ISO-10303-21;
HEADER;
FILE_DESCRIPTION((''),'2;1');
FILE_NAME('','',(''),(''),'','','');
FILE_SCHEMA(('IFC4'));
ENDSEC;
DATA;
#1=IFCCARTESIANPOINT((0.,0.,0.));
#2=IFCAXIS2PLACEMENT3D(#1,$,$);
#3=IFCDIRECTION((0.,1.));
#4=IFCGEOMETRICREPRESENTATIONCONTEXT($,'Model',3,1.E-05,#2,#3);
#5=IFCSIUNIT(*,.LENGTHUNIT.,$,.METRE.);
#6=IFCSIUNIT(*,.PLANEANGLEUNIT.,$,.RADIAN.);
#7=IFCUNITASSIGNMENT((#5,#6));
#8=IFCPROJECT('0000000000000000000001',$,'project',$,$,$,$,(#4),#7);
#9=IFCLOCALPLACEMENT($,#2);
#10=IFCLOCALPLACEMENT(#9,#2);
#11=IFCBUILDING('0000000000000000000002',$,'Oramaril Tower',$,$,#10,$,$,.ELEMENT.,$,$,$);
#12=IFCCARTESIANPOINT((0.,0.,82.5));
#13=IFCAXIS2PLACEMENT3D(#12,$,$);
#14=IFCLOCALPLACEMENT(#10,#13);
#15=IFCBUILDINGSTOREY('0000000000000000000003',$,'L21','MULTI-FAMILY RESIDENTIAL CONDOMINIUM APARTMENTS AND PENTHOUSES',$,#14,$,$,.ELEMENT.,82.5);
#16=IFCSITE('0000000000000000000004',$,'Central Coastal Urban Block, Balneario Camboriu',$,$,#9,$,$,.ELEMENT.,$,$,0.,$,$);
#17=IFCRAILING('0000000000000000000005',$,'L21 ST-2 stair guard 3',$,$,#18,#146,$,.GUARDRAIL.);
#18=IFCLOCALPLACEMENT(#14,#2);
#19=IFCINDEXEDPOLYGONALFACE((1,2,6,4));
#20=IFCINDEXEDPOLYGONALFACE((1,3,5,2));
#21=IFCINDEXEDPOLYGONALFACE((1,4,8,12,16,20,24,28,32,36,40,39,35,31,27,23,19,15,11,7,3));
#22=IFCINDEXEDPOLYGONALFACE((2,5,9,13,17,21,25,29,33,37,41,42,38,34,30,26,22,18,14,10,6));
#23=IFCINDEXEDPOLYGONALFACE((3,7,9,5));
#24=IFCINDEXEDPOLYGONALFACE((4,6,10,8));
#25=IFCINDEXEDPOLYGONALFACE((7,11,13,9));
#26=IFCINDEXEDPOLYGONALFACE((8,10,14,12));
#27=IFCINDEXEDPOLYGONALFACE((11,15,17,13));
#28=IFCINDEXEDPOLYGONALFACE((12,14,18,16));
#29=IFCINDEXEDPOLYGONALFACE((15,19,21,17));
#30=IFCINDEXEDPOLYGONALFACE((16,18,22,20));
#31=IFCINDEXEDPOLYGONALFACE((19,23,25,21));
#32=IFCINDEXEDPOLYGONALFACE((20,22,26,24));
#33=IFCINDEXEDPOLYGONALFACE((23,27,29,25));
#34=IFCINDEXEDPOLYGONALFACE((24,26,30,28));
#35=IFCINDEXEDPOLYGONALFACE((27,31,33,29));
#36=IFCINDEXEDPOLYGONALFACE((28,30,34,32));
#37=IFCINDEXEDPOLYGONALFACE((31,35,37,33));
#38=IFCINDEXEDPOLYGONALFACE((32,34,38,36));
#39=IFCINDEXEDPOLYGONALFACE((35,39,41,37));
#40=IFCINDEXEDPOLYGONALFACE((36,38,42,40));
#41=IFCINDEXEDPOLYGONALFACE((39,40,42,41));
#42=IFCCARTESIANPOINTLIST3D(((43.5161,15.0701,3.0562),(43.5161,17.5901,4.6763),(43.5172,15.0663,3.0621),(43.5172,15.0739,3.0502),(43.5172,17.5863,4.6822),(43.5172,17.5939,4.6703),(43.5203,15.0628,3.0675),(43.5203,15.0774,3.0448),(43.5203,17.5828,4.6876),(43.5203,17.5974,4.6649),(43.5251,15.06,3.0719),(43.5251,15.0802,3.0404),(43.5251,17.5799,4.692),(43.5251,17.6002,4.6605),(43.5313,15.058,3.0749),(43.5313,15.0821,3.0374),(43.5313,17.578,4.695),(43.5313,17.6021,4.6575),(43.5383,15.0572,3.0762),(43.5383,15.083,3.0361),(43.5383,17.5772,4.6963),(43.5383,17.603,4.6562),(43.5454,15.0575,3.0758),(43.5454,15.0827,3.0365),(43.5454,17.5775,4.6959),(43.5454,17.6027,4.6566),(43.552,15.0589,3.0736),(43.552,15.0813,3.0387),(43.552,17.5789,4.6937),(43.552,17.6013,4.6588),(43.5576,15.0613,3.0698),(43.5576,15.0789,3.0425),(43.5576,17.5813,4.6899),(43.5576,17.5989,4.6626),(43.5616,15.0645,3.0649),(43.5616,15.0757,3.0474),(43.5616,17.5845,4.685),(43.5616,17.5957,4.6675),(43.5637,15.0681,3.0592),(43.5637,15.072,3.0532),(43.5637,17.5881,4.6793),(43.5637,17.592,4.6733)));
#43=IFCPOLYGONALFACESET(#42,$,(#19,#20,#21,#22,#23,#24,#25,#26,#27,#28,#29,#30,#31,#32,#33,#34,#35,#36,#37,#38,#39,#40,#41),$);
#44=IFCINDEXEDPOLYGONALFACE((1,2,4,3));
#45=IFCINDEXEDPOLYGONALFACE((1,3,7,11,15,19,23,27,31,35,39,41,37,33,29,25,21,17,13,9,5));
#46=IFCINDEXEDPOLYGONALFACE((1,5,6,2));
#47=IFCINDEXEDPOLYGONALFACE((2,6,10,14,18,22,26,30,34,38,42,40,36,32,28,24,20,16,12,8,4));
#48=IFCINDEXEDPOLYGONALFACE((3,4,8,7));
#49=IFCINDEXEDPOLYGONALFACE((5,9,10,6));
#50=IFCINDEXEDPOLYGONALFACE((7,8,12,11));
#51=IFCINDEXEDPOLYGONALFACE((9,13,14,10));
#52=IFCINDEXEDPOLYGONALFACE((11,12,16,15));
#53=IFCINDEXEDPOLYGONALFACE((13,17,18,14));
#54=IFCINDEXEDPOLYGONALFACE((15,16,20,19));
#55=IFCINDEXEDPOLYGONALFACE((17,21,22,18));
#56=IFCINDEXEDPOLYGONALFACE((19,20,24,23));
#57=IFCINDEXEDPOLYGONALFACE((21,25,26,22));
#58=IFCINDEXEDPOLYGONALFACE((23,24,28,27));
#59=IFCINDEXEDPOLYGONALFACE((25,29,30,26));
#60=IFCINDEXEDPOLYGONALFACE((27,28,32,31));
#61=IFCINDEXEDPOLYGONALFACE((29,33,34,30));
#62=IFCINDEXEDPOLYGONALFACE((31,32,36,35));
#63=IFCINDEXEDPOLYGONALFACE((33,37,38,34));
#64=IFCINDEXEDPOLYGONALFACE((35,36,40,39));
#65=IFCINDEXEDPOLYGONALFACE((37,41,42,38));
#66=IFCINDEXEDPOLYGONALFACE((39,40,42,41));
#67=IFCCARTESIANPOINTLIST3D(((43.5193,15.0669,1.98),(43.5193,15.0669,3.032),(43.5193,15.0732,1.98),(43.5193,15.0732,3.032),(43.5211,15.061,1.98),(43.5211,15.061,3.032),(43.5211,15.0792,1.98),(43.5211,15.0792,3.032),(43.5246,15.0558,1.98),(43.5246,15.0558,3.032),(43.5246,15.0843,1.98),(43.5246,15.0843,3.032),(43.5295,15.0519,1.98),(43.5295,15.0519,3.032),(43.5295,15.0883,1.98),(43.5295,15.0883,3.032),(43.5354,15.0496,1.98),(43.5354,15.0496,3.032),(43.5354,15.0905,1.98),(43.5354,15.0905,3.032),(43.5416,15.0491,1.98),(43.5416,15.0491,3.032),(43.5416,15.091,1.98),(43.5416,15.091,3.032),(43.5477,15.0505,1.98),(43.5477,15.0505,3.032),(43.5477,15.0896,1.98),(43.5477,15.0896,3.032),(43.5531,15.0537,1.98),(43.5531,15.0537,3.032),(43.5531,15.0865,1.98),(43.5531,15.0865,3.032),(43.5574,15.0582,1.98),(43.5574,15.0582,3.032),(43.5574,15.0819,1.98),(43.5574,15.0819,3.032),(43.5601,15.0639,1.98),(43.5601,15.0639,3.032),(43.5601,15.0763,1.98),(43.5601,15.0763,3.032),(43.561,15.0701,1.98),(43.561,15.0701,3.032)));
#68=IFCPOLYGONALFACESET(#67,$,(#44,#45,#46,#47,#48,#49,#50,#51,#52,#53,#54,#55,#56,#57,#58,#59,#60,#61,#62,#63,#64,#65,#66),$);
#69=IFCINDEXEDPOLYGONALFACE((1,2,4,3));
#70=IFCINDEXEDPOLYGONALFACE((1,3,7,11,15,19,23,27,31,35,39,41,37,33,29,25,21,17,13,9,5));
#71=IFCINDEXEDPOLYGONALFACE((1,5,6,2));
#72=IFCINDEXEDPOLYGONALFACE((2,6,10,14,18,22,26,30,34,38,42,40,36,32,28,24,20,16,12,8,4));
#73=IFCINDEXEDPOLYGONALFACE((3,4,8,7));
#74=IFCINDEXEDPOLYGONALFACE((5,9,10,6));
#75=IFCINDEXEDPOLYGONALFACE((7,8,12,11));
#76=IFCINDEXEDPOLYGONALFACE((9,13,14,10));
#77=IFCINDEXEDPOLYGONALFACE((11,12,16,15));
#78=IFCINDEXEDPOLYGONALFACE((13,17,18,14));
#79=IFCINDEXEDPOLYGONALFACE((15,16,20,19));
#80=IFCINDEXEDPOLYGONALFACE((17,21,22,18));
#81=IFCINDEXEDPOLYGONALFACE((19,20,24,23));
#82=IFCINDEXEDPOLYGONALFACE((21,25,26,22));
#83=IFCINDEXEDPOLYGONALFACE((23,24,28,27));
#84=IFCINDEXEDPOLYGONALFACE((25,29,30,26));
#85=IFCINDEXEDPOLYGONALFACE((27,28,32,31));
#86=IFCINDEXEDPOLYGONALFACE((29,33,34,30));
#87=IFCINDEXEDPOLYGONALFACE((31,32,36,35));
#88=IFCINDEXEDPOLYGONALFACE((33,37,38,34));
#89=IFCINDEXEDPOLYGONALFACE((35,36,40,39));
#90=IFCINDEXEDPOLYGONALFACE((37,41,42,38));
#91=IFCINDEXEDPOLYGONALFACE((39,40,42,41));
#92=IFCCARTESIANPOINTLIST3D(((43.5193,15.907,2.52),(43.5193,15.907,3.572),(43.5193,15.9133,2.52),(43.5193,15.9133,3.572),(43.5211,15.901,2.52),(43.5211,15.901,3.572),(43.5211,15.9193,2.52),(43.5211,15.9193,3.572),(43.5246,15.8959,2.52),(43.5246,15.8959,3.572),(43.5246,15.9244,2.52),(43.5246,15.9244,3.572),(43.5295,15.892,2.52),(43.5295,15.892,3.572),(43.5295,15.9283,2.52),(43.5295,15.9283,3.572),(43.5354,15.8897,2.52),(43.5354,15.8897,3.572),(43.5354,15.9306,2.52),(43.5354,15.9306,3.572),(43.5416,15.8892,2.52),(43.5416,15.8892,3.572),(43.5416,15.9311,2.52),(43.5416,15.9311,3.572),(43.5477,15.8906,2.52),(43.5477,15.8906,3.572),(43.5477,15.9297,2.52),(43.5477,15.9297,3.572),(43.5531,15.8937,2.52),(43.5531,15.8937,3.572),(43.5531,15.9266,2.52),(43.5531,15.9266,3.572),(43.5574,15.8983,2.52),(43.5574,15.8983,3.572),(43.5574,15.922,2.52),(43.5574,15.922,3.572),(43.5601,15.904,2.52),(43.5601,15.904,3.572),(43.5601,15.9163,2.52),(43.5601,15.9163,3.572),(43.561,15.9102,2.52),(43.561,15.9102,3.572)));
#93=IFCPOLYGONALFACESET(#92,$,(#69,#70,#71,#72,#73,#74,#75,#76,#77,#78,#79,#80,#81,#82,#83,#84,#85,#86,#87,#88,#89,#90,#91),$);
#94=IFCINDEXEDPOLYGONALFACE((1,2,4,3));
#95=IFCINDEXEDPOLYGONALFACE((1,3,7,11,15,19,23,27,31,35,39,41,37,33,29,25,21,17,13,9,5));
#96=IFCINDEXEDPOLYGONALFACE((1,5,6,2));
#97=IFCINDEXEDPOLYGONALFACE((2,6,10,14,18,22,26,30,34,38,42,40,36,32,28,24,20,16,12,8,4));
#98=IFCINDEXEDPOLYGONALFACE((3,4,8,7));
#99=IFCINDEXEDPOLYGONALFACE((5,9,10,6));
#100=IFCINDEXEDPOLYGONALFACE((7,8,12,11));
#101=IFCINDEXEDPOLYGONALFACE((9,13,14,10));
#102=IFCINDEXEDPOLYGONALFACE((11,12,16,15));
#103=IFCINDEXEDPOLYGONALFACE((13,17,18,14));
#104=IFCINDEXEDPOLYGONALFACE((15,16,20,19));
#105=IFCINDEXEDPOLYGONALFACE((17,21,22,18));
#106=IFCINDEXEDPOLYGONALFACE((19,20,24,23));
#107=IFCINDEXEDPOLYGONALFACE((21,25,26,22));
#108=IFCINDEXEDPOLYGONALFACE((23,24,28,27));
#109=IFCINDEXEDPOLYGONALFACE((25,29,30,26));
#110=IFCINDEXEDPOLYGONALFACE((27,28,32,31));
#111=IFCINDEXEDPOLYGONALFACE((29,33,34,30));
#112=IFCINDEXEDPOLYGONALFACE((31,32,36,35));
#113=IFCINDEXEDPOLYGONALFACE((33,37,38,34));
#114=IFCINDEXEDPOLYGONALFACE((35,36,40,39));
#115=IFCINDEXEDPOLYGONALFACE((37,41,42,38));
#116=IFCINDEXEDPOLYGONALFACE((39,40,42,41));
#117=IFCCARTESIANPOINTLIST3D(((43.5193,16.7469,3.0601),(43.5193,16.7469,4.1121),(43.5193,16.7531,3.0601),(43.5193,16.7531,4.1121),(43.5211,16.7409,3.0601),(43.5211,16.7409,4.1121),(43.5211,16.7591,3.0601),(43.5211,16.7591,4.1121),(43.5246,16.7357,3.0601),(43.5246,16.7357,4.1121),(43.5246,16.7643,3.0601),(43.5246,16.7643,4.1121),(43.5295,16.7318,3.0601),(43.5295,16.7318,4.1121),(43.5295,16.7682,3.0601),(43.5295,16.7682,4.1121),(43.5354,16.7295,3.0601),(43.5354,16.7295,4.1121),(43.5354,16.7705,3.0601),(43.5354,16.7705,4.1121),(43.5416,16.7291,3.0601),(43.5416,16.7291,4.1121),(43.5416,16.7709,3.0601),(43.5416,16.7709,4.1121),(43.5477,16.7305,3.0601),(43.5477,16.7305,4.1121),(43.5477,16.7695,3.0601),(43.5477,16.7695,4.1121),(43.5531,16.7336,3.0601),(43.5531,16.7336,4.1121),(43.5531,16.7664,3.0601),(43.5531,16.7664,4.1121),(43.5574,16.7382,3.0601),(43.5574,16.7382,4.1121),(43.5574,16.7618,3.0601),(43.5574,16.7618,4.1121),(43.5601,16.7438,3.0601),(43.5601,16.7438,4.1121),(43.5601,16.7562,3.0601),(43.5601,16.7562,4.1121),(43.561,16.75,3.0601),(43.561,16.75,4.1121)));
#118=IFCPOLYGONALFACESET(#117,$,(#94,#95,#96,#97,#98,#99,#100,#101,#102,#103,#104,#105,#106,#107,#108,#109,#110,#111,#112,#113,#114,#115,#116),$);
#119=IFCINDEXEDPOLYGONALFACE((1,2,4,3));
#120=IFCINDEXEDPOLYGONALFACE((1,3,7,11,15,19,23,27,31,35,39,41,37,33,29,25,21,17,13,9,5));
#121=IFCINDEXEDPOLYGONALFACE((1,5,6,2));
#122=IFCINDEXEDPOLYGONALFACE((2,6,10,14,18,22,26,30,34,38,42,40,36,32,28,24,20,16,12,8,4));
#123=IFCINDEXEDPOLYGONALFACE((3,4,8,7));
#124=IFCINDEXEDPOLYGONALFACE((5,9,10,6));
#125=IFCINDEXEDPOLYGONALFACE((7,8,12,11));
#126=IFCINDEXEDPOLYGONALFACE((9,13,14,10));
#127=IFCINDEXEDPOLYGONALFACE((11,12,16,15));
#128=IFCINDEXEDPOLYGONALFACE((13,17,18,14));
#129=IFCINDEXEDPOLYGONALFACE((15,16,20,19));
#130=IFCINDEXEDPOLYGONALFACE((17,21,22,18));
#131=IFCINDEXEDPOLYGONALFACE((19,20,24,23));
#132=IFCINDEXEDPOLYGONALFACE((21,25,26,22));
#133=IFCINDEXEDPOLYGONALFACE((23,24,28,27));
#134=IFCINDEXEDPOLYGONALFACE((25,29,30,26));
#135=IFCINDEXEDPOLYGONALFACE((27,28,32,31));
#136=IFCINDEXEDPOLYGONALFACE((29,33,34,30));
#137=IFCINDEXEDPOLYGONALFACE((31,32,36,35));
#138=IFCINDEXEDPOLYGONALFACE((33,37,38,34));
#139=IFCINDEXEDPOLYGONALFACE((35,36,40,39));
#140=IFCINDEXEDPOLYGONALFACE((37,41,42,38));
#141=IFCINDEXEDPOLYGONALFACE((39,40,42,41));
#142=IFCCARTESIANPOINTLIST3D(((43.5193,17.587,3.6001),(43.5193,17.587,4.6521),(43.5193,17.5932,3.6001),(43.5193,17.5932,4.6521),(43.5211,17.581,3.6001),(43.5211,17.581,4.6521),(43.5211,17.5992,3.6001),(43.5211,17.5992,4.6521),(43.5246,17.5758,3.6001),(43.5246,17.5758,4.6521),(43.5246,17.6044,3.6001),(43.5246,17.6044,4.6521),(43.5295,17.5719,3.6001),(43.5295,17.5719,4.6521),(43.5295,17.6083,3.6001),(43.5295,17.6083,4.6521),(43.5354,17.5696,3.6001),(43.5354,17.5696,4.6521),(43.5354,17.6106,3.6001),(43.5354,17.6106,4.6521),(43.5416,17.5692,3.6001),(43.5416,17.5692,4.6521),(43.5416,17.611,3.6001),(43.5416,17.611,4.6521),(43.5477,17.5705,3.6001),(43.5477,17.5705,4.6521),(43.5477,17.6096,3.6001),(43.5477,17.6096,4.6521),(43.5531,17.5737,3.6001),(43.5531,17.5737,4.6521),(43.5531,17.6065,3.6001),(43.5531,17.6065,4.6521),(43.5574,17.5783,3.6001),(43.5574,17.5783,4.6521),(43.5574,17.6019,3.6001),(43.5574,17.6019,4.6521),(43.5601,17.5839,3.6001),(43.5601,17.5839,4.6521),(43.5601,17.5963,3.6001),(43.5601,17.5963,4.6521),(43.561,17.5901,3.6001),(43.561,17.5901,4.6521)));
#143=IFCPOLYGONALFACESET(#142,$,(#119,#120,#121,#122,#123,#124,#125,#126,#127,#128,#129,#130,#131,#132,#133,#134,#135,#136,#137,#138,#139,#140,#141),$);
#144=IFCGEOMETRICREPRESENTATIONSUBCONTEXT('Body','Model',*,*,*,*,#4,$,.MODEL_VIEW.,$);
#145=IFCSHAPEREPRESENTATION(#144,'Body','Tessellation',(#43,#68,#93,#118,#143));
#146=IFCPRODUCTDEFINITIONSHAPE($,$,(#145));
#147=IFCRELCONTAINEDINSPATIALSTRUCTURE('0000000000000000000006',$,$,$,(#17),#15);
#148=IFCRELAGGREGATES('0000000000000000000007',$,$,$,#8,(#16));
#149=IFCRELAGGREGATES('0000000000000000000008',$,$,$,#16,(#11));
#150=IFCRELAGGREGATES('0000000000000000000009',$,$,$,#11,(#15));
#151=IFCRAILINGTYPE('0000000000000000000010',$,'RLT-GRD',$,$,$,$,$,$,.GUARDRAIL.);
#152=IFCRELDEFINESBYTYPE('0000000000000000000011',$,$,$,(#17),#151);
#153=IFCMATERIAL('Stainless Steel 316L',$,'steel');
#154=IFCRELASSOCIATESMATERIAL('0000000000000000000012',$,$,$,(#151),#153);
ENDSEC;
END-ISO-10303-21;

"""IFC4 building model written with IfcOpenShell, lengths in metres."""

from ifc_helpers import new_model, si_unit, direction, frame, origin, origin_2d, place, context, subcontext, project, spatial, circle, extrude, material, type_object, element, save


model = new_model("IFC4")

# Units and contexts
model_context = context("Model", 3, precision=1e-05, world=origin(), true_north=direction((0.0, 1.0)))
body_context = subcontext(model_context, "Body", "Model", "MODEL_VIEW")
ifc_project = project(units=[si_unit("LENGTHUNIT", "METRE"), si_unit("PLANEANGLEUNIT", "RADIAN")], contexts=[model_context])

# Site, building, storey
site_placement = place(None, origin())
site = spatial("IfcSite", under=ifc_project, at=site_placement, Name="Central Coastal Urban Block, Balneario Camboriu", CompositionType="ELEMENT", RefElevation=0.0)
building_placement = place(site_placement, origin())
building = spatial("IfcBuilding", under=site, at=building_placement, Name="Oramaril Tower", CompositionType="ELEMENT")
storey_placement = place(building_placement, frame((0.0, 0.0, 82.5)))
storey = spatial("IfcBuildingStorey", under=building, at=storey_placement, Name="L21", Description="MULTI-FAMILY RESIDENTIAL CONDOMINIUM APARTMENTS AND PENTHOUSES", CompositionType="ELEMENT", Elevation=82.5)

# Railing
ifc_material_1 = material(Name="Stainless Steel 316L", Category="steel")
railing_type_1 = type_object("IfcRailingType", Name="RLT-GRD", PredefinedType="GUARDRAIL", material=ifc_material_1)
railing_1_placement = place(storey_placement, frame((43.54, 15.0701, 1.98)))
element("IfcRailing", 1, at=railing_1_placement, inside=storey, type_object=railing_type_1, Name="L21 ST-2 stair guard 3", PredefinedType="GUARDRAIL", context=body_context, shape_type="SweptSolid", body=[
    extrude(circle(Radius=0.0239, at=origin_2d()), frame((0.0, 0.0, 1.0762), z_axis=(0.0, 0.841163, 0.540782), x_axis=(-1.0, 0.0, 0.0)), (0.0, 0.0, 1.0), 2.9958),
    extrude(circle(Radius=0.021, at=origin_2d()), origin(), (0.0, 0.0, 1.0), 1.052),
    extrude(circle(Radius=0.021, at=origin_2d()), frame((0.0, 0.8401, 0.54)), (0.0, 0.0, 1.0), 1.052),
    extrude(circle(Radius=0.021, at=origin_2d()), frame((0.0, 1.6799, 1.0801)), (0.0, 0.0, 1.0), 1.052),
    extrude(circle(Radius=0.021, at=origin_2d()), frame((0.0, 2.52, 1.6201)), (0.0, 0.0, 1.0), 1.052),
])

save(model, "model.ifc")
